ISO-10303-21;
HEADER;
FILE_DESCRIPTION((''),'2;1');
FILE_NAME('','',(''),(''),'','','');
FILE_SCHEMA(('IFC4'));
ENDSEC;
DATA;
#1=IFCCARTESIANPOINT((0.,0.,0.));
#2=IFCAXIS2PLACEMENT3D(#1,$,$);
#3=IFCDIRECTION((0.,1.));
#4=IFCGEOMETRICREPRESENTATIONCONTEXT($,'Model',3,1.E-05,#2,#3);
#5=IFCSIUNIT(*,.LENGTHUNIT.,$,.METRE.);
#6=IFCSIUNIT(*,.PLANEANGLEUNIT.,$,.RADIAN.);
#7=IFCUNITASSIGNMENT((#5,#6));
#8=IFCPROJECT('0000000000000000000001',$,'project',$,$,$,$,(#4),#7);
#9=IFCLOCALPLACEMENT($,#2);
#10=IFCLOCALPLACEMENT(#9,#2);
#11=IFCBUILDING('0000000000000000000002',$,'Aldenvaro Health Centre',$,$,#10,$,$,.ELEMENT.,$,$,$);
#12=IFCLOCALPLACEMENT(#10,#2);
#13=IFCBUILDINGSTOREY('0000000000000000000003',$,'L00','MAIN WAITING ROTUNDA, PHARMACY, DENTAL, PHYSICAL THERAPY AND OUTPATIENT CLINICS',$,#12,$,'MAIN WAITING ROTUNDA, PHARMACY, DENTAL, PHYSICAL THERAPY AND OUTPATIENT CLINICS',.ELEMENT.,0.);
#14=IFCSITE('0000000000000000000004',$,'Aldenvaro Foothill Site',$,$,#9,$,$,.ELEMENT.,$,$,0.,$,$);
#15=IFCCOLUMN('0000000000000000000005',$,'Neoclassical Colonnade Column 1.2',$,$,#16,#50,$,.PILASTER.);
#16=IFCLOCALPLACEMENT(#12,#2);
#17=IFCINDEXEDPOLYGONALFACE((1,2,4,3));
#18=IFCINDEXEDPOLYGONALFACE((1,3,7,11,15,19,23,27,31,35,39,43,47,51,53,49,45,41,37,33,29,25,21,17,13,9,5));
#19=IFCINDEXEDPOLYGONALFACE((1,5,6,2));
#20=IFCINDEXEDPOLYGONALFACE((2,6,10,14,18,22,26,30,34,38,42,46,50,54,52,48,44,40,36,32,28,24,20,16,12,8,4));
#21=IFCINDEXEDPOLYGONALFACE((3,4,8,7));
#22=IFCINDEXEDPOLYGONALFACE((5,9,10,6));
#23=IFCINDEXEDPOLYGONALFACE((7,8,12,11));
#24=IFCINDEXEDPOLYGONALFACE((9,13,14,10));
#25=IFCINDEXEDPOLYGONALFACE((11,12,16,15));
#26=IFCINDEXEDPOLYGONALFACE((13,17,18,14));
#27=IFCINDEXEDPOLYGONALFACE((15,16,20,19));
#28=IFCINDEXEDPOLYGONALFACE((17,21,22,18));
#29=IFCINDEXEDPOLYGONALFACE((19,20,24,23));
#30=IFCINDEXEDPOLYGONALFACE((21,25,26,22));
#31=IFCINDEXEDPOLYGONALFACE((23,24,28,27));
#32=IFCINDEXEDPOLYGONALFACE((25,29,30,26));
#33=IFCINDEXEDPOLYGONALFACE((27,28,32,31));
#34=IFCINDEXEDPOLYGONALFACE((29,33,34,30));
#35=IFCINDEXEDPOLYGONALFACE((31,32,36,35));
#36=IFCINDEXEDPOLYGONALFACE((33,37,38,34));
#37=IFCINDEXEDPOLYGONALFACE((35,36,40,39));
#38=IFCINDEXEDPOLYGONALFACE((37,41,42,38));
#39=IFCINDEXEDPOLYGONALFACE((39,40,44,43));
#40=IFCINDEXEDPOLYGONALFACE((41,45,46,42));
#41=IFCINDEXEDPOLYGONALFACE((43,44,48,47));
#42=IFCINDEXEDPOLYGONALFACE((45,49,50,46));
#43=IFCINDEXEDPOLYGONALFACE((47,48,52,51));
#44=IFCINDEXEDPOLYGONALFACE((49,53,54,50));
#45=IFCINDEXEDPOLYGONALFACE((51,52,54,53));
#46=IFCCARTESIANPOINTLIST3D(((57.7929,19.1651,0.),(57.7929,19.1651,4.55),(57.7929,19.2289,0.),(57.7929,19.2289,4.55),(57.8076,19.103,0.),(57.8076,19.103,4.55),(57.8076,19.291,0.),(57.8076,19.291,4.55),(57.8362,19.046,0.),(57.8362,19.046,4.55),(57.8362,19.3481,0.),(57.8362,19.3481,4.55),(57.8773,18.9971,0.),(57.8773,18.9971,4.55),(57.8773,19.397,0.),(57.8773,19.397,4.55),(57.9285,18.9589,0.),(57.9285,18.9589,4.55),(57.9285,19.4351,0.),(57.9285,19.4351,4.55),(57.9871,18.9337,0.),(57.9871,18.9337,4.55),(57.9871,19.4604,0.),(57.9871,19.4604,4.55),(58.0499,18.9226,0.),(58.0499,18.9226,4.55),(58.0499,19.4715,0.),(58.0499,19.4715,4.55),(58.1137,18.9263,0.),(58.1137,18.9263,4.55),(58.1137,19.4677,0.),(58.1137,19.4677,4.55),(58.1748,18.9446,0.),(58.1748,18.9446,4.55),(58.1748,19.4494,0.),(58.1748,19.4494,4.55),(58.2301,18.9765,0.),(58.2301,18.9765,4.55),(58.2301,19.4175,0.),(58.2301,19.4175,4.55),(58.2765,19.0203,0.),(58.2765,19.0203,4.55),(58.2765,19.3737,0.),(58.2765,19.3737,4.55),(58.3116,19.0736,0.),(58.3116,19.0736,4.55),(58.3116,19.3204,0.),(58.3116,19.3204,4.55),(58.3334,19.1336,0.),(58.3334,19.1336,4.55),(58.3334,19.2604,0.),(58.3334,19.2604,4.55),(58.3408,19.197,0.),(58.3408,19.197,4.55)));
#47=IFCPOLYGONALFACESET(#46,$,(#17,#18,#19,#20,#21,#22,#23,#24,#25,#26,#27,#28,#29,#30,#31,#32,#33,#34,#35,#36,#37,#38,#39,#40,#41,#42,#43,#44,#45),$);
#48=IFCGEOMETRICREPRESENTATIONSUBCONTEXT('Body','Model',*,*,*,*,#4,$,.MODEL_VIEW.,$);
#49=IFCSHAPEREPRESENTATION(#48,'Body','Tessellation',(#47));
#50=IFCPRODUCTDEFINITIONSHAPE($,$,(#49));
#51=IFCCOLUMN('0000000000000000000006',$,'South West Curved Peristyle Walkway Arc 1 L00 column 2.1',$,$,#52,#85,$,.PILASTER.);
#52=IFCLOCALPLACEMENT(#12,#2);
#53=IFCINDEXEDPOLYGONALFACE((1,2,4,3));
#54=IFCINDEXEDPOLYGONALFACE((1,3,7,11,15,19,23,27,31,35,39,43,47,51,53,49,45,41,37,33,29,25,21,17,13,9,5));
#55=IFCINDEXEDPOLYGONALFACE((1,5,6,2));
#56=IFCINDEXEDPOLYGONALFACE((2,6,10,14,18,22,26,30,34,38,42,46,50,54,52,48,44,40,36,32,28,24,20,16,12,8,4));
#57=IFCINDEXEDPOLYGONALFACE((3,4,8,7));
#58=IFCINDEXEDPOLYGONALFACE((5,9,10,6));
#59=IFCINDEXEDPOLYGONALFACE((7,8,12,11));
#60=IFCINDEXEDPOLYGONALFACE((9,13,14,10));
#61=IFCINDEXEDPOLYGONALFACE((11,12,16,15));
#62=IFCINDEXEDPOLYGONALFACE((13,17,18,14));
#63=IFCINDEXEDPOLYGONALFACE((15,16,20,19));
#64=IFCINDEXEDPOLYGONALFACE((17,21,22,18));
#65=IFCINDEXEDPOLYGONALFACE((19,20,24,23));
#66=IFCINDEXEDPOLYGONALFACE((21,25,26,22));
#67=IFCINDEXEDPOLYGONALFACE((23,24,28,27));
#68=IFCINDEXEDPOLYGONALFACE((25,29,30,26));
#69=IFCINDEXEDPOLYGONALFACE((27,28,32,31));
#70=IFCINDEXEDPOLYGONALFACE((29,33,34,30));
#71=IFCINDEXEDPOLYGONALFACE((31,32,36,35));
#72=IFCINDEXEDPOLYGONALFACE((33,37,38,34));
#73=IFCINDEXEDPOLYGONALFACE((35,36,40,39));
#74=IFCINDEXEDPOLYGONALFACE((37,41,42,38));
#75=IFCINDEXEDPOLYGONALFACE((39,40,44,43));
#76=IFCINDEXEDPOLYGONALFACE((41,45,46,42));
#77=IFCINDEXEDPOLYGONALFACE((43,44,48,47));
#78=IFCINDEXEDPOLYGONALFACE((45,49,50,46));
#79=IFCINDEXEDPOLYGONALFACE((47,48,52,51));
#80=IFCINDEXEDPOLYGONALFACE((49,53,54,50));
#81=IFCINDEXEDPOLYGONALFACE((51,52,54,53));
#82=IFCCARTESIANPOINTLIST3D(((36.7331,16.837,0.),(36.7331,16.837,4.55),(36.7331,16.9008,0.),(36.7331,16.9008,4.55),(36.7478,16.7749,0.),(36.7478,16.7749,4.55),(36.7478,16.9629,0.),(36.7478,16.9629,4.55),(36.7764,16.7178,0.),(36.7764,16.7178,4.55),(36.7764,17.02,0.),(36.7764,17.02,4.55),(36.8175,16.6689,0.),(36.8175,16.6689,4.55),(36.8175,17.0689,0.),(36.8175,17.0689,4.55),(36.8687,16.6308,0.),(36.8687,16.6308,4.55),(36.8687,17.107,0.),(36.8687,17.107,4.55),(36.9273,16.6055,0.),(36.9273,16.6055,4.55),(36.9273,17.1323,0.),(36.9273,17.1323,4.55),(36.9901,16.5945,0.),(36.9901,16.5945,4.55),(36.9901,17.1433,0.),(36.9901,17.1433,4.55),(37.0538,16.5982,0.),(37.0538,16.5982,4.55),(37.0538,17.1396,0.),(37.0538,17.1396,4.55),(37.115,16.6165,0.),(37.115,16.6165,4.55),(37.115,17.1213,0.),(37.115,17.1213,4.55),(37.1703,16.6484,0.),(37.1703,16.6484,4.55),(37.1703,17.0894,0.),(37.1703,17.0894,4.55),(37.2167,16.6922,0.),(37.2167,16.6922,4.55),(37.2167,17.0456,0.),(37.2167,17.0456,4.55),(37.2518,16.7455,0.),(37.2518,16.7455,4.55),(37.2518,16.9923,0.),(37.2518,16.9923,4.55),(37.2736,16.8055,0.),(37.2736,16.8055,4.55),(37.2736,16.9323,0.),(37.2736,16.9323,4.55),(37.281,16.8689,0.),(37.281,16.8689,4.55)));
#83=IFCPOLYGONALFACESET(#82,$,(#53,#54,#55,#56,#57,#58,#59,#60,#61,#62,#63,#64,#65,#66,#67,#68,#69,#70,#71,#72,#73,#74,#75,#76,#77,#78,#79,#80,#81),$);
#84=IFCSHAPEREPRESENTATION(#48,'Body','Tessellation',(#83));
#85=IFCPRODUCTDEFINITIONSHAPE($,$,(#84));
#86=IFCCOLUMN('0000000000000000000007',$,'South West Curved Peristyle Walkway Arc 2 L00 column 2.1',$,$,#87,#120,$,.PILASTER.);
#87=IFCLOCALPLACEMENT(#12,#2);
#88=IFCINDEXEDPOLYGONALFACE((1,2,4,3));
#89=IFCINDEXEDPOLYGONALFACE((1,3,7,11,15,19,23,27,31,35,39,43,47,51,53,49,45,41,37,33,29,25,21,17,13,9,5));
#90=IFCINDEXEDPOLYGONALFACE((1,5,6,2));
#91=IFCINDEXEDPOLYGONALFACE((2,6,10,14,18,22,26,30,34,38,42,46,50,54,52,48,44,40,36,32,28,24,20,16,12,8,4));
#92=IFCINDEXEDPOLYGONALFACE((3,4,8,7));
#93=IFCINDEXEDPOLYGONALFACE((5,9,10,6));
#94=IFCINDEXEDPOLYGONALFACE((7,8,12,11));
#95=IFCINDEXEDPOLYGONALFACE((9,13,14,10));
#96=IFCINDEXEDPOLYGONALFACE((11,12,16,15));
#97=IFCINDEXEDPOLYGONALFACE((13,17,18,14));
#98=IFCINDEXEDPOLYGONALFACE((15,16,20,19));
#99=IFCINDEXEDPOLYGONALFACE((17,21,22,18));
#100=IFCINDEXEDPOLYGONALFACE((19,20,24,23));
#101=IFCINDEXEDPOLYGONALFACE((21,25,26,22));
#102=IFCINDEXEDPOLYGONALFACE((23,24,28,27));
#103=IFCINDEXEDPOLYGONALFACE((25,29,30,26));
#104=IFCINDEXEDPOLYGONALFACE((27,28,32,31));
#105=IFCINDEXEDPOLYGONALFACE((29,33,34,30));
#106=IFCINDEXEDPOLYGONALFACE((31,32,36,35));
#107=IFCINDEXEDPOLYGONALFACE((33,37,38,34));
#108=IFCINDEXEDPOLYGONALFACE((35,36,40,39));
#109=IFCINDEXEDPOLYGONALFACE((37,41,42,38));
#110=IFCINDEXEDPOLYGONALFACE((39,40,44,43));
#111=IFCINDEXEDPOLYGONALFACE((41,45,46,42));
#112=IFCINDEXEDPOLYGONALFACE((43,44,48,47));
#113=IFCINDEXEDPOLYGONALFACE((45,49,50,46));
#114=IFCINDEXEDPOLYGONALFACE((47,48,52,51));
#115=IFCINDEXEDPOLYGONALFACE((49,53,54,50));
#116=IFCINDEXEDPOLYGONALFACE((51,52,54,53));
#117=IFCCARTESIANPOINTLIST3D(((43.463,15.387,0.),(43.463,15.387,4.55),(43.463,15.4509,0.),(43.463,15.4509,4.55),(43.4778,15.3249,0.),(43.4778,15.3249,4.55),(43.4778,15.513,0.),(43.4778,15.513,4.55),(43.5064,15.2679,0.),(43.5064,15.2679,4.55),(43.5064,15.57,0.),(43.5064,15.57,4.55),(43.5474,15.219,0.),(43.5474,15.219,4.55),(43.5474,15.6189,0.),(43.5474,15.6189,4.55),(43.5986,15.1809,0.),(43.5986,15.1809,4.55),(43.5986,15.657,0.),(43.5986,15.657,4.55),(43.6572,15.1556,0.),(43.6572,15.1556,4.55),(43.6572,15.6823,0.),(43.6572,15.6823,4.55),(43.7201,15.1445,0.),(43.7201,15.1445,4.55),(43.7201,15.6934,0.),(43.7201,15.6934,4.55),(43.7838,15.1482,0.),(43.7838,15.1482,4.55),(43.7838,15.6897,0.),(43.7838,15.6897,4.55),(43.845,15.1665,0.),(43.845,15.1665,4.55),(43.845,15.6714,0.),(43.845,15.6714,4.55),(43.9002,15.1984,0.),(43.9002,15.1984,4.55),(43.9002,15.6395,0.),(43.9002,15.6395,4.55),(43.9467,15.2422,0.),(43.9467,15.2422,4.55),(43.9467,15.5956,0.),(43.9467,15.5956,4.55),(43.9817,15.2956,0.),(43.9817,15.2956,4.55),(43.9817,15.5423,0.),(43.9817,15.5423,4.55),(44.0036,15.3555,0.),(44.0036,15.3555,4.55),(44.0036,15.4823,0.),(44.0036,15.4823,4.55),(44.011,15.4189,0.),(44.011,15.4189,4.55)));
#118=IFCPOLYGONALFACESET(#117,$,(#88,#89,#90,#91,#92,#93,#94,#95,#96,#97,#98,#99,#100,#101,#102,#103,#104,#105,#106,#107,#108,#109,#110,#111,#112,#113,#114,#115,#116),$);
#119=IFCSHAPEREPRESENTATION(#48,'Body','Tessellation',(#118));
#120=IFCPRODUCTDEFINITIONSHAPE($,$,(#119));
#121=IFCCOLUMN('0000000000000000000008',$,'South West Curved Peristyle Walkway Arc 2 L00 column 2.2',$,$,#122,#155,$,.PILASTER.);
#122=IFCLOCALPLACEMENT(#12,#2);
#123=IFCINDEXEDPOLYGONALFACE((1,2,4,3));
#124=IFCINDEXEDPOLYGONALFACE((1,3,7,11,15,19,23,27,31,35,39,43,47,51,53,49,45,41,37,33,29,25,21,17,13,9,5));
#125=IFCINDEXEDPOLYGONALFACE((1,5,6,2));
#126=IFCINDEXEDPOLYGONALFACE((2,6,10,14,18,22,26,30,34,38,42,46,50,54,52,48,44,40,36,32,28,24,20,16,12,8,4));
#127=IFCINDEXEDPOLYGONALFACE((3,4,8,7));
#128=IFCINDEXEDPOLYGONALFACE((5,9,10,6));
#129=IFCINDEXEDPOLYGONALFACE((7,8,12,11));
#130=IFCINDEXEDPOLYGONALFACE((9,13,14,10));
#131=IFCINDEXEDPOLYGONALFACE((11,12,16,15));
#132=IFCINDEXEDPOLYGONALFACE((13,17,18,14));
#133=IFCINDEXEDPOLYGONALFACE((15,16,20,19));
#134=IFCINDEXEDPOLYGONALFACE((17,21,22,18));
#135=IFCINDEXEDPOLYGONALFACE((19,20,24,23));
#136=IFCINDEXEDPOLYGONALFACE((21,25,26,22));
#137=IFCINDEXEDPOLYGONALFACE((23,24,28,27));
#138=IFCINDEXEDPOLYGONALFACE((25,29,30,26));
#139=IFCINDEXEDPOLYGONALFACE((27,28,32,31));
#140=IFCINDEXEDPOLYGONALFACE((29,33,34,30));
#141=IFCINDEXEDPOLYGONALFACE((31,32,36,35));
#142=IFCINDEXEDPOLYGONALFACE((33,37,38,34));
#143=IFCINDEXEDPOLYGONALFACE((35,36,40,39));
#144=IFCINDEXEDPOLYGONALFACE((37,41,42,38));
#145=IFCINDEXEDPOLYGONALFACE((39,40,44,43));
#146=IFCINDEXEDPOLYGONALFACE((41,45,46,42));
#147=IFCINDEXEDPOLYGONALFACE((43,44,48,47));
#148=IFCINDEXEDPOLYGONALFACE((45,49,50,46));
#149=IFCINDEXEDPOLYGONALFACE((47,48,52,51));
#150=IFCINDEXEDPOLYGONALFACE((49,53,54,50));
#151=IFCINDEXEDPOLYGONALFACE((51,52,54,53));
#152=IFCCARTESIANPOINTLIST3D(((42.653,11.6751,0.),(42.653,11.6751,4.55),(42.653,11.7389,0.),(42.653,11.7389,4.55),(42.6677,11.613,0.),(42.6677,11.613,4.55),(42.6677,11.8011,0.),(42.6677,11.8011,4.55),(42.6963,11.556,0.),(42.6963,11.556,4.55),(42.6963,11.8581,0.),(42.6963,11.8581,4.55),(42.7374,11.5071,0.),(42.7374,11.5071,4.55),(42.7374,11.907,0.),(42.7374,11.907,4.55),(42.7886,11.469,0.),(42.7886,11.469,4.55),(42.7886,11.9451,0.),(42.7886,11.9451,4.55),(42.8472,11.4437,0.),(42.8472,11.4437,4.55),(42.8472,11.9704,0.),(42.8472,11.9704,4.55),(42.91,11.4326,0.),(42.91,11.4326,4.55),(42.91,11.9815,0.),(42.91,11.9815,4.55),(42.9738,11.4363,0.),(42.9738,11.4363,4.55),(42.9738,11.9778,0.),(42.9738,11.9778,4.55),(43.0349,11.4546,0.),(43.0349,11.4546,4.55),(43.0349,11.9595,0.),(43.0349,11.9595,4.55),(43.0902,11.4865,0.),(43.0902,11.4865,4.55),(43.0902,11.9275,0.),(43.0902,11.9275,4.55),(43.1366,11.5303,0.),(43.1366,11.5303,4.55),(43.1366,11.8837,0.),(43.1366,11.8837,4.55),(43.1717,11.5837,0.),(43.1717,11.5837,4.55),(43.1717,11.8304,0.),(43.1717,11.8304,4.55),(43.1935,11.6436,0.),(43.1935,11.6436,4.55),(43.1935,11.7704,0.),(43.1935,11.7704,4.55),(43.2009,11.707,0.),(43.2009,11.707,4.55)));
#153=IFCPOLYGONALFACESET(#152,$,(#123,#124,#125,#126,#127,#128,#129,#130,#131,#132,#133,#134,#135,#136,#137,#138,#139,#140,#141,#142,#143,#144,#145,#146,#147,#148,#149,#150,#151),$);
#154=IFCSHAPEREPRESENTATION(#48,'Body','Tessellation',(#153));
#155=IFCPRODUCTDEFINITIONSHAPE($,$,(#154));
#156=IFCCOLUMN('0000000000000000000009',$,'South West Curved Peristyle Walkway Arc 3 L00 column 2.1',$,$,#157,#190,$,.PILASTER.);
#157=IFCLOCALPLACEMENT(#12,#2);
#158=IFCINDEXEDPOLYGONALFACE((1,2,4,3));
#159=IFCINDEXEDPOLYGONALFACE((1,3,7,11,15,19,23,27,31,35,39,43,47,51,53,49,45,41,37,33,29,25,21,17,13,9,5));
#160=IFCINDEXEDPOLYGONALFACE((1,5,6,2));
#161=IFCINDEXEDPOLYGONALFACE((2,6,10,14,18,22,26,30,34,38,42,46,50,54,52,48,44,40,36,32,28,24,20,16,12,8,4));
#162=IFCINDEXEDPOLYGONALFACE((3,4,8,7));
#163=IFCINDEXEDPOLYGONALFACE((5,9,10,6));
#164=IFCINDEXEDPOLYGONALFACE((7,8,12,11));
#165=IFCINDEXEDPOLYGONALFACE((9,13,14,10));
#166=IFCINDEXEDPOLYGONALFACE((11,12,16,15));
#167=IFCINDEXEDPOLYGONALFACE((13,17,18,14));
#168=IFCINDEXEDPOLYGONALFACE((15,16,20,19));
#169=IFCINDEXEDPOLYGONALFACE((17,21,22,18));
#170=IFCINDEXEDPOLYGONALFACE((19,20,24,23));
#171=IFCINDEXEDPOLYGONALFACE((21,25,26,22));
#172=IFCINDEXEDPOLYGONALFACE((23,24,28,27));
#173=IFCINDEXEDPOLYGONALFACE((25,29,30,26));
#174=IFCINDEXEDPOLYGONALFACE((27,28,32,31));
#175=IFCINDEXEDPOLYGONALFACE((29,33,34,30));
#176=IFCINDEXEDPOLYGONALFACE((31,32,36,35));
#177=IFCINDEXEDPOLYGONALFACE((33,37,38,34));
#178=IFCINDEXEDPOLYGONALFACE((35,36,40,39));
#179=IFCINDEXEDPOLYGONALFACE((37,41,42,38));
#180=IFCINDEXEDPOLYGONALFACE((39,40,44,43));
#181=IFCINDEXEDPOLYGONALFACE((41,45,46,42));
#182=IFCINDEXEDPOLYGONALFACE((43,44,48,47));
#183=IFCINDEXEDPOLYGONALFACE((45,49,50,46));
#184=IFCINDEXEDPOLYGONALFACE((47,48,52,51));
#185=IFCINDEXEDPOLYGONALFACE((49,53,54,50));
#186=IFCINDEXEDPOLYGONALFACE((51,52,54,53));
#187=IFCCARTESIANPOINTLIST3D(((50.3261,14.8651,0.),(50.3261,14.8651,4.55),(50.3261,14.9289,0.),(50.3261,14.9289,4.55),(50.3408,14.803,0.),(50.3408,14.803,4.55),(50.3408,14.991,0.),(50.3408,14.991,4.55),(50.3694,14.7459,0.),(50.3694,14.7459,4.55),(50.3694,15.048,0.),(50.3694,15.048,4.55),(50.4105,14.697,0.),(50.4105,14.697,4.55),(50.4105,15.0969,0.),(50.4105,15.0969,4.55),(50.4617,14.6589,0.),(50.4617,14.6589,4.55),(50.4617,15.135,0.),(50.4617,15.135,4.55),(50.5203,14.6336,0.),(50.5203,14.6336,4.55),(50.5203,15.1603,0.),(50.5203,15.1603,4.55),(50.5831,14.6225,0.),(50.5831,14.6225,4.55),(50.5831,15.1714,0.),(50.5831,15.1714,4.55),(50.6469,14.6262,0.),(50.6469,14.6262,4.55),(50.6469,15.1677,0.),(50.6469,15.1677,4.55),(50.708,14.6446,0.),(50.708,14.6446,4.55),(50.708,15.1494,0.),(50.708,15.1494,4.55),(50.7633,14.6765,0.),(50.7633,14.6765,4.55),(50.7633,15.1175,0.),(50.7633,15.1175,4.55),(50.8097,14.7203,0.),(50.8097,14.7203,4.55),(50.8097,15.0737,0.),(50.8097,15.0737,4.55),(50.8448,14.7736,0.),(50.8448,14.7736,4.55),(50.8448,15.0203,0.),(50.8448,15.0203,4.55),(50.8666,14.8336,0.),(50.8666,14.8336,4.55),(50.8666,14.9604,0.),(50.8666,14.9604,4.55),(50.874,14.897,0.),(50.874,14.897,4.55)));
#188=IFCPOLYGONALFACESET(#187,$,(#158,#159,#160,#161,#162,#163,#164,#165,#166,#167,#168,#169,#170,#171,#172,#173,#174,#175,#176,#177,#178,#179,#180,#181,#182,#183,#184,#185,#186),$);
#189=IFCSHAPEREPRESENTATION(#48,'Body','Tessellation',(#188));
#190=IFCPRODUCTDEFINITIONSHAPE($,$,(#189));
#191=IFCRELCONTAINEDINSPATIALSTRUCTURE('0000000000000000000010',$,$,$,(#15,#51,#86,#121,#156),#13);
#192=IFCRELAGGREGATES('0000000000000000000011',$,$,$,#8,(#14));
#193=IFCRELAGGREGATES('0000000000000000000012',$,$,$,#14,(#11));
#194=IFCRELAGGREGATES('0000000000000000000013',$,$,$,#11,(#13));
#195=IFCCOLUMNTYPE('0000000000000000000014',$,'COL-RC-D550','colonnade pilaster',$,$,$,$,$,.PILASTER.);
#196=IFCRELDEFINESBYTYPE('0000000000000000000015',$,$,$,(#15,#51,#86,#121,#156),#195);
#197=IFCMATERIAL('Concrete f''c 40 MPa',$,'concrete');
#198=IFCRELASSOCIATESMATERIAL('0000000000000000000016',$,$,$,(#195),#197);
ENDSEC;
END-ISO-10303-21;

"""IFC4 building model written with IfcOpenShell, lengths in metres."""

from ifc_helpers import new_model, si_unit, direction, frame, origin, origin_2d, place, context, subcontext, project, spatial, circle, extrude, material, material_profile, profile_set, type_object, element, save


model = new_model("IFC4")

# Units and contexts
model_context = context("Model", 3, precision=1e-05, world=origin(), true_north=direction((0.0, 1.0)))
body_context = subcontext(model_context, "Body", "Model", "MODEL_VIEW")
ifc_project = project(units=[si_unit("LENGTHUNIT", "METRE"), si_unit("PLANEANGLEUNIT", "RADIAN")], contexts=[model_context])

# Site, building, storey
site_placement = place(None, origin())
site = spatial("IfcSite", under=ifc_project, at=site_placement, Name="Aldenvaro Foothill Site", CompositionType="ELEMENT", RefElevation=0.0)
building_placement = place(site_placement, origin())
building = spatial("IfcBuilding", under=site, at=building_placement, Name="Aldenvaro Health Centre", CompositionType="ELEMENT")
storey_placement = place(building_placement, origin())
storey = spatial("IfcBuildingStorey", under=building, at=storey_placement, Name="L00", Description="MAIN WAITING ROTUNDA, PHARMACY, DENTAL, PHYSICAL THERAPY AND OUTPATIENT CLINICS", LongName="MAIN WAITING ROTUNDA, PHARMACY, DENTAL, PHYSICAL THERAPY AND OUTPATIENT CLINICS", CompositionType="ELEMENT", Elevation=0.0)

# Columns
ifc_material_1 = material(Name="Concrete f'c 40 MPa", Category="concrete")
ifc_material_profile_1 = material_profile(ifc_material_1, circle(Radius=0.2749, at=origin_2d()), Name="RC D550", Category="concrete")
ifc_profile_set_1 = profile_set([ifc_material_profile_1], Name="Concrete f'c 40 MPa")
column_type = type_object("IfcColumnType", Name="COL-RC-D550", Description="colonnade pilaster", PredefinedType="PILASTER", material=ifc_profile_set_1)
for number, where, z_axis, x_axis, name in (
    (1, (58.0659, 19.197, 0.0), (0.0, 0.0, 1.0), (1.0, 0.0, 0.0), "Neoclassical Colonnade Column 1.2"),
    (2, (37.0061, 16.8689, 0.0), (0.0, 0.0, 1.0), (1.0, 0.0, 0.0), "South West Curved Peristyle Walkway Arc 1 L00 column 2.1"),
    (3, (43.7361, 15.4189, 0.0), (0.0, 0.0, 1.0), (1.0, 0.0, 0.0), "South West Curved Peristyle Walkway Arc 2 L00 column 2.1"),
    (4, (42.926, 11.707, 0.0), (0.0, 0.0, 1.0), (1.0, 0.0, 0.0), "South West Curved Peristyle Walkway Arc 2 L00 column 2.2"),
    (5, (50.5991, 14.897, 0.0), (0.0, 0.0, 1.0), (1.0, 0.0, 0.0), "South West Curved Peristyle Walkway Arc 3 L00 column 2.1"),
):
    element("IfcColumn", number, at=place(storey_placement, frame(where, z_axis=z_axis, x_axis=x_axis)), inside=storey, type_object=column_type, Name=name, PredefinedType="PILASTER", context=body_context, shape_type="SweptSolid", body=[
        extrude(circle(Radius=0.2749, at=origin_2d()), origin(), (0.0, 0.0, 1.0), 4.55),
    ])

save(model, "model.ifc")
